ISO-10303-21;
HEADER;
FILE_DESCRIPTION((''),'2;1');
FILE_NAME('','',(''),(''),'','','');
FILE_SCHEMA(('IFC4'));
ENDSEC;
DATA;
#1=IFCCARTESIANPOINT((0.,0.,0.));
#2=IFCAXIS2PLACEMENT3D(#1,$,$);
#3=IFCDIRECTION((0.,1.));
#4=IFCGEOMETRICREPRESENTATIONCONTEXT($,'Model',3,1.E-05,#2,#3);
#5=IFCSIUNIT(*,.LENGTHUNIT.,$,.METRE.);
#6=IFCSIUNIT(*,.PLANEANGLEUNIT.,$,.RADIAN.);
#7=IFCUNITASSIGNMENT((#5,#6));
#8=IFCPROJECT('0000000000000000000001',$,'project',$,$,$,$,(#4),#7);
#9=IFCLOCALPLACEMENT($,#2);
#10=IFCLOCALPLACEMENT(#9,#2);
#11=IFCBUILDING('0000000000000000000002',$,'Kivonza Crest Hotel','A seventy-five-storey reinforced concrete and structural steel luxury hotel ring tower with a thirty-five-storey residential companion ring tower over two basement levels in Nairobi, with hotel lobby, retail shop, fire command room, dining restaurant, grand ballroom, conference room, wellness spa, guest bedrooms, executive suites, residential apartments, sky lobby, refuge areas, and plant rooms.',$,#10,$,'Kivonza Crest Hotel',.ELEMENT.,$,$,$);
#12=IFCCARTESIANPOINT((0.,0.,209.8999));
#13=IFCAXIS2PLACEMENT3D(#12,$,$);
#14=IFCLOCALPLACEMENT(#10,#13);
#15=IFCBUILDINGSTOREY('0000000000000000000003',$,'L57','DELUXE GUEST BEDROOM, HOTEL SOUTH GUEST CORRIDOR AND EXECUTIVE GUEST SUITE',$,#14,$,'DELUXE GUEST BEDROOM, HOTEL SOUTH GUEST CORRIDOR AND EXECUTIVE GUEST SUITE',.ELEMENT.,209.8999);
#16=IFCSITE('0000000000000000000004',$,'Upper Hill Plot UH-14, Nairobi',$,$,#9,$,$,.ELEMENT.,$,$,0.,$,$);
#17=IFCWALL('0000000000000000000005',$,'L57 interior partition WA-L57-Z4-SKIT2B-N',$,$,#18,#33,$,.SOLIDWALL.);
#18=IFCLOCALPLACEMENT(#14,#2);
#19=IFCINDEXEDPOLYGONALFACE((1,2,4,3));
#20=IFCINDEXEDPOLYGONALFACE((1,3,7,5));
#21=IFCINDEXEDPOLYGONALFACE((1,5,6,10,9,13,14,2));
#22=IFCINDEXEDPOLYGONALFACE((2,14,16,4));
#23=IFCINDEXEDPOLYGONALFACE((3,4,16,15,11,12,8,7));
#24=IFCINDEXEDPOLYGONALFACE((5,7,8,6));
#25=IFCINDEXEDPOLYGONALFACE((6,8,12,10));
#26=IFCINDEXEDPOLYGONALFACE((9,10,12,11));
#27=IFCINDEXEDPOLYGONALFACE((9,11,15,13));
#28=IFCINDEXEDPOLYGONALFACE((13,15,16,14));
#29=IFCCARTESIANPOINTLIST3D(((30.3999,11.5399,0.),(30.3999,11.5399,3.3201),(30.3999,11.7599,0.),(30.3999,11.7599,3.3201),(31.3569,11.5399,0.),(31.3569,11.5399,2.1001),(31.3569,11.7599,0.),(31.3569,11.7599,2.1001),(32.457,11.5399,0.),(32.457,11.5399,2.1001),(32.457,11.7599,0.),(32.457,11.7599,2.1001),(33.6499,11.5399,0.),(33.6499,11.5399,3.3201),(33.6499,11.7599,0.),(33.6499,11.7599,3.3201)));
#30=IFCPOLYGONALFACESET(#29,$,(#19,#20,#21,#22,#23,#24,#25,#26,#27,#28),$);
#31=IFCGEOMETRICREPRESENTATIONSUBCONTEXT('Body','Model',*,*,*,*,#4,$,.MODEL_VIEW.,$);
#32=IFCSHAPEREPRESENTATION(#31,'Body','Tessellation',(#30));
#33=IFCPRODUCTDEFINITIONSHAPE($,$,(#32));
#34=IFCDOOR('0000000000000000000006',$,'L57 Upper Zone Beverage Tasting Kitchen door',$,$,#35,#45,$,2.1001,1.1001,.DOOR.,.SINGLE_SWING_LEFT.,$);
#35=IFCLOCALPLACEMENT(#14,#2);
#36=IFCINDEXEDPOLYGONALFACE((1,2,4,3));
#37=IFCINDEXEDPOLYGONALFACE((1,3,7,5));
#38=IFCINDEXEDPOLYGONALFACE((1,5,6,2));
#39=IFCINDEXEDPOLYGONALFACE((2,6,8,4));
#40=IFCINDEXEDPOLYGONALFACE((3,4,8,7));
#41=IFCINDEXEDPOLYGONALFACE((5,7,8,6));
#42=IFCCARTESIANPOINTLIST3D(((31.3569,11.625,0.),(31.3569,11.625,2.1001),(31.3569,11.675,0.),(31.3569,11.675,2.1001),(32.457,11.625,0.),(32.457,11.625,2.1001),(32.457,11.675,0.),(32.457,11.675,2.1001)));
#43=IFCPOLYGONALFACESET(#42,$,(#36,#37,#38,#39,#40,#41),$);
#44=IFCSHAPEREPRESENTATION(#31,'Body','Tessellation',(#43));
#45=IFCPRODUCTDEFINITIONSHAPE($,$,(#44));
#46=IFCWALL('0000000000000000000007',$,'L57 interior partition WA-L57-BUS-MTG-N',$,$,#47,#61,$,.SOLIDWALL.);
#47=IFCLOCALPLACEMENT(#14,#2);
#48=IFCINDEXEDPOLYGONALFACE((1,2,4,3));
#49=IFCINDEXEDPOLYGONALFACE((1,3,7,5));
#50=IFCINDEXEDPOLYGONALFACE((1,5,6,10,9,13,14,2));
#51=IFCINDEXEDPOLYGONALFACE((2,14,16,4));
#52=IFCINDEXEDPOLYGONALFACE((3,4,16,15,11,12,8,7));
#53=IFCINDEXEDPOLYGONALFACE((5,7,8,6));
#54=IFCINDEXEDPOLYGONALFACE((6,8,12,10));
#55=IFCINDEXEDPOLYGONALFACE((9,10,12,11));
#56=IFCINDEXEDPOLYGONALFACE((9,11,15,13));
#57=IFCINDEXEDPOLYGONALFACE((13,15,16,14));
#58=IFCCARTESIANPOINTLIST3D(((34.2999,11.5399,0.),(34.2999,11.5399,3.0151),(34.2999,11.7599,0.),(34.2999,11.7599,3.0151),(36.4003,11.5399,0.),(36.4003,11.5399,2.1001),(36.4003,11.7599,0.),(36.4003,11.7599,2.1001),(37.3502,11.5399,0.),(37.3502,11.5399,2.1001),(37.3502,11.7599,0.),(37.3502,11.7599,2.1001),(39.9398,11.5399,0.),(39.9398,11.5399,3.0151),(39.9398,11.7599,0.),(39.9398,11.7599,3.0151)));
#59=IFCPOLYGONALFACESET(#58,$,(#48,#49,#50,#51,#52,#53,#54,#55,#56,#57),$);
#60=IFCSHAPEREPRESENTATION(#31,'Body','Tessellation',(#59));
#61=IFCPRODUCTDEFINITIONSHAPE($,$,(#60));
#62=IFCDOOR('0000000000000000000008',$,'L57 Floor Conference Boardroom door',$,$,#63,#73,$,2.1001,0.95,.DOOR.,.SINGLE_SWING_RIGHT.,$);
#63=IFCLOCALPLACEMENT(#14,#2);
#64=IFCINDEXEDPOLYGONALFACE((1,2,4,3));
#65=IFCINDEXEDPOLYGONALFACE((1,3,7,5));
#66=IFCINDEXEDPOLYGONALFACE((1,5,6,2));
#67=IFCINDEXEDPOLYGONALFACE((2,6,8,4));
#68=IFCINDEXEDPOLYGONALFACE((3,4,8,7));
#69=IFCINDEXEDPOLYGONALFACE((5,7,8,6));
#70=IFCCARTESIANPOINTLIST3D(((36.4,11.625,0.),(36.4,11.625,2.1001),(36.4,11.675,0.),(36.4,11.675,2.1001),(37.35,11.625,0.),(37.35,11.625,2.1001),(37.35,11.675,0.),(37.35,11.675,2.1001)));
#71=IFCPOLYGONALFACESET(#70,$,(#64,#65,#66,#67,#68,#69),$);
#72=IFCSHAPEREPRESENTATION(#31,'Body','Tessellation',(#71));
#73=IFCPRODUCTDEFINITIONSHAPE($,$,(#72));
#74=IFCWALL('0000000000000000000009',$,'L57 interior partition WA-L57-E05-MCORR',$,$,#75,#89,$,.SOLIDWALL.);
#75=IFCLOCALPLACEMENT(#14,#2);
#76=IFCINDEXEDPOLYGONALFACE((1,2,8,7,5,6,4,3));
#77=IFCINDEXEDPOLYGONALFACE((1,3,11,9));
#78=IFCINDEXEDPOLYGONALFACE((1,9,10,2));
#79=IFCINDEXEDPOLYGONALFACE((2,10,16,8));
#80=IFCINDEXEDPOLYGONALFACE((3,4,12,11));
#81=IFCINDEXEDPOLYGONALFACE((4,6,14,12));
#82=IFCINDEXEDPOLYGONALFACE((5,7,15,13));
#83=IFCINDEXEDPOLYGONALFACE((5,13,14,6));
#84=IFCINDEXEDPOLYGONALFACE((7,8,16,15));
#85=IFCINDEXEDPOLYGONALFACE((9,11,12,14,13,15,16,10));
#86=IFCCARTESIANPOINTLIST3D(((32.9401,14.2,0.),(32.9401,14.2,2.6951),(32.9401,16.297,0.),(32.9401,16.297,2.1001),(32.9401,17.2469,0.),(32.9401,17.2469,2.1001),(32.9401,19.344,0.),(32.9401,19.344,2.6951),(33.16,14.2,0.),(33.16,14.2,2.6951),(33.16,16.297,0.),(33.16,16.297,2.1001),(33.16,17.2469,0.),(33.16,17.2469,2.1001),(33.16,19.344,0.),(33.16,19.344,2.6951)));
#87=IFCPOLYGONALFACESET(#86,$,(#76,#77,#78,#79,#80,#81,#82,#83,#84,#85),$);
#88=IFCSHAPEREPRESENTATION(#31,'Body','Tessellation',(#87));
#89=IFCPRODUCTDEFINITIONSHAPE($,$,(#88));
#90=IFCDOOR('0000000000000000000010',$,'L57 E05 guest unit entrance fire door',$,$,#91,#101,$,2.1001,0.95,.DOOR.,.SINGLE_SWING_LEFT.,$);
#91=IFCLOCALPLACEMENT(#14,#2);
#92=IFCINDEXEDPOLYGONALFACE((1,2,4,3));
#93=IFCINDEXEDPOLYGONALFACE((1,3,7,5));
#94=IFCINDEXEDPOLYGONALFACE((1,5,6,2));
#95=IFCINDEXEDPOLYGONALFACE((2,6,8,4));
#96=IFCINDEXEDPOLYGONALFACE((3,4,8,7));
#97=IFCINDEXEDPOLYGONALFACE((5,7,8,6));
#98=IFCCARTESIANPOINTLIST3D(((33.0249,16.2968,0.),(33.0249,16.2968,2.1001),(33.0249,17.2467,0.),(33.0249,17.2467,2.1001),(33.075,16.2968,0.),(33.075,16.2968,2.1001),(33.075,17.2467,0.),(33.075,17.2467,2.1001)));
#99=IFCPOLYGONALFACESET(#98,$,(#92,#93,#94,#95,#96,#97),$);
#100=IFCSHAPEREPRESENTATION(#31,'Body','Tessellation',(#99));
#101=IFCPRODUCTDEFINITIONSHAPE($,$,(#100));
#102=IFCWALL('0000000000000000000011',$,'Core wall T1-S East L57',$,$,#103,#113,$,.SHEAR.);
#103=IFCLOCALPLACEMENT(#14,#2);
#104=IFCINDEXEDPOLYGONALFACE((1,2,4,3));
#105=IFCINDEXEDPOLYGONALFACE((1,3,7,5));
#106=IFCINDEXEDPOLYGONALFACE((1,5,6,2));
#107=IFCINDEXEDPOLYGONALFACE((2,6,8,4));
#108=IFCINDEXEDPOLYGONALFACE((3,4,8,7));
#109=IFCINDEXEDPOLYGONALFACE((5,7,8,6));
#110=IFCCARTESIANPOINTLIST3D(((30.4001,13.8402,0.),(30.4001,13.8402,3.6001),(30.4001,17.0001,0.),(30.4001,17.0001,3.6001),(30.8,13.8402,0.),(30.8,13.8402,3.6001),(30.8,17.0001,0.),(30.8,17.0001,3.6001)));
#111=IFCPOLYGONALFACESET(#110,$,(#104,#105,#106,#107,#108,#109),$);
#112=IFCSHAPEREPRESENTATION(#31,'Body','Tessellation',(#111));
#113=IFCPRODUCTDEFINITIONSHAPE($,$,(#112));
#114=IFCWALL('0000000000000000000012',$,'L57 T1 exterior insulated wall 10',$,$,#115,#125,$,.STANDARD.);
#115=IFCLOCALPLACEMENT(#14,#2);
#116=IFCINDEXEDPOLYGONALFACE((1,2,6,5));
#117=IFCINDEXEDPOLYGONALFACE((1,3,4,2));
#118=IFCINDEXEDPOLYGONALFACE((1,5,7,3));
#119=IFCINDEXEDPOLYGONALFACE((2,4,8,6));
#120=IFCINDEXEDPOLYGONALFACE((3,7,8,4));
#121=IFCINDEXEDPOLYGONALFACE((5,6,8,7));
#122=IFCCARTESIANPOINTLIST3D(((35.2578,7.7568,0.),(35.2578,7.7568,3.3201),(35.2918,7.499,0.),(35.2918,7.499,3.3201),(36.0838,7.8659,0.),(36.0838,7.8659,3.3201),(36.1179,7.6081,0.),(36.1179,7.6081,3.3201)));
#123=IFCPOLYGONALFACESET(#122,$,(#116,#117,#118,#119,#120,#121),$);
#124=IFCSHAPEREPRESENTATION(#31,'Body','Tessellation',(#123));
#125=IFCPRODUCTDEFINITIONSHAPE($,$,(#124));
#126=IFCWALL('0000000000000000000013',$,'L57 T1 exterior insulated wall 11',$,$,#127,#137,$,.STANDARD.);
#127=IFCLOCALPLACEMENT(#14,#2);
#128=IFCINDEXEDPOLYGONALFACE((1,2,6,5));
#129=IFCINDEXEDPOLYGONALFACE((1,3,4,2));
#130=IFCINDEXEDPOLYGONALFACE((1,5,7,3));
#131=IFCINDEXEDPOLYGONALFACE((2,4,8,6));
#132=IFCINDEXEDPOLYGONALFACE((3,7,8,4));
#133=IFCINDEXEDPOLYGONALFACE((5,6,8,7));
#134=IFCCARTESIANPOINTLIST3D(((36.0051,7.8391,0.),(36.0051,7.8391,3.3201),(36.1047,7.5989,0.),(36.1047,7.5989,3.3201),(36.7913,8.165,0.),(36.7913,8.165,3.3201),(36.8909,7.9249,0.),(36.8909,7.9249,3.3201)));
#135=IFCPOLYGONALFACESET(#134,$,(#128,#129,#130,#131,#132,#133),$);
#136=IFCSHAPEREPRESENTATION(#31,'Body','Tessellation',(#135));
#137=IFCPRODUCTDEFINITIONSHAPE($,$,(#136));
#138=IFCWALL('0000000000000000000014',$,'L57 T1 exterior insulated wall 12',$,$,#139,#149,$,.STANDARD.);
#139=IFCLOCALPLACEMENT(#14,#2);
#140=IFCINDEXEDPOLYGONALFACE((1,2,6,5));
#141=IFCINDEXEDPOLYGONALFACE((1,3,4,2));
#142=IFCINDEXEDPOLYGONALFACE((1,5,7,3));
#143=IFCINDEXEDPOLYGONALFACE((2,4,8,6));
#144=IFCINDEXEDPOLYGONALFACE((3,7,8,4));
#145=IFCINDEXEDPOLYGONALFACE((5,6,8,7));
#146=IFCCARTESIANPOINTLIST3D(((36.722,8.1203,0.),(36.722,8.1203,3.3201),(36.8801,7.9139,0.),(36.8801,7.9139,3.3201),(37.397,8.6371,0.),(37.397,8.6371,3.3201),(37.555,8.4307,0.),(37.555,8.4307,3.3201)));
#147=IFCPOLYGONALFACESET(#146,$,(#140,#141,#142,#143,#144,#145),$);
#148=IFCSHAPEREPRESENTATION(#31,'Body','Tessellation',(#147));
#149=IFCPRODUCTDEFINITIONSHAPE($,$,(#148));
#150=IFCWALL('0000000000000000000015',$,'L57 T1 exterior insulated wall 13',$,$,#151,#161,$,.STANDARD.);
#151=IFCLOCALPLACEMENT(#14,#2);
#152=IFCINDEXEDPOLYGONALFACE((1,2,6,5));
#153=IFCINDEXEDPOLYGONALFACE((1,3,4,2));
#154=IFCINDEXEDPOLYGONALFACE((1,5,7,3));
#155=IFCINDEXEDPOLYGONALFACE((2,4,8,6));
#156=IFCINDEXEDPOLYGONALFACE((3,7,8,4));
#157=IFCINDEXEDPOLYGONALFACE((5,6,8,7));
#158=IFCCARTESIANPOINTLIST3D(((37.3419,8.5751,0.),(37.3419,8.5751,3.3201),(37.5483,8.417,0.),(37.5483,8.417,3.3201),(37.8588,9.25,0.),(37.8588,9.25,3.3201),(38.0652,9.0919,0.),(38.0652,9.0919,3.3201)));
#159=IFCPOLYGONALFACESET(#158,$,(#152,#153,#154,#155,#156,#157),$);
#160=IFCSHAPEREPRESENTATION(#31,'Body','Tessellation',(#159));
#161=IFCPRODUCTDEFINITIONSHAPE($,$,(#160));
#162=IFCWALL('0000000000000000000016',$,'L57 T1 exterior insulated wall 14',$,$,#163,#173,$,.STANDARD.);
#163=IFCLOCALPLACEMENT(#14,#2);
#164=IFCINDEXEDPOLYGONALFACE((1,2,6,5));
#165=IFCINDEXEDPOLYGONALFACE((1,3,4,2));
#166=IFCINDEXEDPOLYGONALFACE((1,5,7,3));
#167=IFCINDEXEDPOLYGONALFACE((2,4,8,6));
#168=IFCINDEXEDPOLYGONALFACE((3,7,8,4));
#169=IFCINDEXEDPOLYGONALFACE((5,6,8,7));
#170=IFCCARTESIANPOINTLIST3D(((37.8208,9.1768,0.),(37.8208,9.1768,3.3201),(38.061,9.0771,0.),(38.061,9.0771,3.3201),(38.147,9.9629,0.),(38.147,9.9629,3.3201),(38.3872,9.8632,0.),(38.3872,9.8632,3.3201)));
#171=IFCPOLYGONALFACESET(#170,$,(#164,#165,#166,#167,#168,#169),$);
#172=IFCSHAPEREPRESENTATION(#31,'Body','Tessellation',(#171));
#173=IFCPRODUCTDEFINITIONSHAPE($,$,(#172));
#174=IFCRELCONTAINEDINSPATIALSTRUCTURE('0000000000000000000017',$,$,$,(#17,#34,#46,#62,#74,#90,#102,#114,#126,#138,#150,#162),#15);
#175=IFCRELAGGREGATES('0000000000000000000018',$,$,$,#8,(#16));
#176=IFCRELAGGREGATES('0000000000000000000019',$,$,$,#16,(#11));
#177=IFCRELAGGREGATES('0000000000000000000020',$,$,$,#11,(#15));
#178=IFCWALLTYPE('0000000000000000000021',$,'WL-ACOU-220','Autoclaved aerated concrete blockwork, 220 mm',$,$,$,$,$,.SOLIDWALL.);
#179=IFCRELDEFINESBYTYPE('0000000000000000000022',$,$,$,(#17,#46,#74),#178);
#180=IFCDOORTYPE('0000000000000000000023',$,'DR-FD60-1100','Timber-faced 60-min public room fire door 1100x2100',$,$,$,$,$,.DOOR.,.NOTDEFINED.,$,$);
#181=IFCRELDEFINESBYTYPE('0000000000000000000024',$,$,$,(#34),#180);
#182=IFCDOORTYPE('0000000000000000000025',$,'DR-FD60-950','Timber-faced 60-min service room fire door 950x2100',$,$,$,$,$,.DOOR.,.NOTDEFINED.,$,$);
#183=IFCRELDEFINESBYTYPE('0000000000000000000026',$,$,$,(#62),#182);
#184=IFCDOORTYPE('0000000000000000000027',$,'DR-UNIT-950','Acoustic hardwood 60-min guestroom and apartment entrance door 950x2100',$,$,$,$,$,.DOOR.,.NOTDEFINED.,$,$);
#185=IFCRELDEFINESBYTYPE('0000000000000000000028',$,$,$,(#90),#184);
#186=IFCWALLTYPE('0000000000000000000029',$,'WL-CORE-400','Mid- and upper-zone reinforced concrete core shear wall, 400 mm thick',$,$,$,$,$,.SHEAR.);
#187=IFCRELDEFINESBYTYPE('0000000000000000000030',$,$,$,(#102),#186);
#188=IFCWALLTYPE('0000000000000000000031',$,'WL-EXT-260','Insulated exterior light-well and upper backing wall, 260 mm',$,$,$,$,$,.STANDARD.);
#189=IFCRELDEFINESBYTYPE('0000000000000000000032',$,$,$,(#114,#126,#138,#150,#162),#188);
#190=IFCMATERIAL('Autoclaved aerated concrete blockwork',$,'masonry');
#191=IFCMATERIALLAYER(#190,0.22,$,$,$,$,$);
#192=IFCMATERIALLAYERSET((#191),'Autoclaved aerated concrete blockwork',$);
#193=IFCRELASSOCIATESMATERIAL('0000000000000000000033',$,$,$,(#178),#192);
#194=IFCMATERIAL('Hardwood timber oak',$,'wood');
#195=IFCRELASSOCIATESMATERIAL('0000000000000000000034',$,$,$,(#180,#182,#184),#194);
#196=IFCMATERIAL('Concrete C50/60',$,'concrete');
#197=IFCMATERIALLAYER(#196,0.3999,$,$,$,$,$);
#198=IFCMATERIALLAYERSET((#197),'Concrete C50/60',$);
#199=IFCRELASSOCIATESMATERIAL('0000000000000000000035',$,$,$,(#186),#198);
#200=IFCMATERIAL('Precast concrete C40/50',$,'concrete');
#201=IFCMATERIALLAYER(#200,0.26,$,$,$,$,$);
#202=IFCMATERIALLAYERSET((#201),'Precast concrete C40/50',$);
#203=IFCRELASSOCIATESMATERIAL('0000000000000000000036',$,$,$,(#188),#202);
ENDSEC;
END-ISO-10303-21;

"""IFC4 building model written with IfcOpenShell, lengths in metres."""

from ifc_helpers import new_model, si_unit, direction, frame, frame_2d, origin, place, context, subcontext, project, spatial, rectangle, extrude, material, layer, layer_set, type_object, element, fill, save


model = new_model("IFC4")

# Units and contexts
model_context = context("Model", 3, precision=1e-05, world=origin(), true_north=direction((0.0, 1.0)))
body_context = subcontext(model_context, "Body", "Model", "MODEL_VIEW")
ifc_project = project(units=[si_unit("LENGTHUNIT", "METRE"), si_unit("PLANEANGLEUNIT", "RADIAN")], contexts=[model_context])

# Site, building, storey
site_placement = place(None, origin())
site = spatial("IfcSite", under=ifc_project, at=site_placement, Name="Upper Hill Plot UH-14, Nairobi", CompositionType="ELEMENT", RefElevation=0.0)
building_placement = place(site_placement, origin())
building = spatial("IfcBuilding", under=site, at=building_placement, Name="Kivonza Crest Hotel", Description="A seventy-five-storey reinforced concrete and structural steel luxury hotel ring tower with a thirty-five-storey residential companion ring tower over two basement levels in Nairobi, with hotel lobby, retail shop, fire command room, dining restaurant, grand ballroom, conference room, wellness spa, guest bedrooms, executive suites, residential apartments, sky lobby, refuge areas, and plant rooms.", LongName="Kivonza Crest Hotel", CompositionType="ELEMENT")
storey_placement = place(building_placement, frame((0.0, 0.0, 209.8999)))
storey = spatial("IfcBuildingStorey", under=building, at=storey_placement, Name="L57", Description="DELUXE GUEST BEDROOM, HOTEL SOUTH GUEST CORRIDOR AND EXECUTIVE GUEST SUITE", LongName="DELUXE GUEST BEDROOM, HOTEL SOUTH GUEST CORRIDOR AND EXECUTIVE GUEST SUITE", CompositionType="ELEMENT", Elevation=209.8999)

# Shared definitions
ifc_material_1 = material(Name="Concrete C50/60", Category="concrete")

# Walls, openings, doors
ifc_material_2 = material(Name="Autoclaved aerated concrete blockwork", Category="masonry")
ifc_layer_1 = layer(ifc_material_2, 0.22)
ifc_layer_set_1 = layer_set([ifc_layer_1], Name="Autoclaved aerated concrete blockwork")
wall_type_1 = type_object("IfcWallType", Name="WL-ACOU-220", Description="Autoclaved aerated concrete blockwork, 220 mm", PredefinedType="SOLIDWALL", material=ifc_layer_set_1)
wall_1_placement = place(storey_placement, frame((30.3999, 11.6499, 0.0), z_axis=(0.0, 0.0, 1.0), x_axis=(1.0, 0.0, 0.0)))
wall_1 = element("IfcWall", 1, at=wall_1_placement, inside=storey, type_object=wall_type_1, Name="L57 interior partition WA-L57-Z4-SKIT2B-N", PredefinedType="SOLIDWALL", context=body_context, shape_type="SweptSolid", body=[
    extrude(rectangle(XDim=3.25, YDim=0.22, at=frame_2d((1.625, 0.0))), origin(), (0.0, 0.0, 1.0), 3.3201),
])
opening_1_placement = place(wall_1_placement, frame((0.957, 0.0, 0.0)))
opening_1 = element("IfcOpeningElement", 2, at=opening_1_placement, cuts=wall_1, PredefinedType="OPENING", context=body_context, shape_type="SweptSolid", body=[
    extrude(rectangle(XDim=1.1001, YDim=2.1001, at=frame_2d((0.55, 1.05))), frame((0.0, 0.1201, 0.0), z_axis=(0.0, -1.0, 0.0), x_axis=(1.0, 0.0, 0.0)), (0.0, 0.0, 1.0), 0.24),
])
ifc_material_3 = material(Name="Hardwood timber oak", Category="wood")
door_type_1 = type_object("IfcDoorType", Name="DR-FD60-1100", Description="Timber-faced 60-min public room fire door 1100x2100", OperationType="NOTDEFINED", PredefinedType="DOOR", material=ifc_material_3)
door_1_placement = place(opening_1_placement, frame((1.1001, 0.0, 0.0), z_axis=(0.0, 0.0, 1.0), x_axis=(-1.0, 0.0, 0.0)))
door_1 = element("IfcDoor", 3, at=door_1_placement, inside=storey, type_object=door_type_1, Name="L57 Upper Zone Beverage Tasting Kitchen door", OperationType="SINGLE_SWING_LEFT", OverallHeight=2.1001, OverallWidth=1.1001, PredefinedType="DOOR", context=body_context, shape_type="SweptSolid", body=[
    extrude(rectangle(XDim=1.1001, YDim=2.1001, at=frame_2d((0.55, 1.05))), frame((0.0, 0.0249, 0.0), z_axis=(0.0, -1.0, 0.0), x_axis=(1.0, 0.0, 0.0)), (0.0, 0.0, 1.0), 0.05),
])
fill(opening_1, door_1)
wall_2_placement = place(storey_placement, frame((34.3, 11.6499, 0.0), z_axis=(0.0, 0.0, 1.0), x_axis=(1.0, 0.0, 0.0)))
wall_2 = element("IfcWall", 4, at=wall_2_placement, inside=storey, type_object=wall_type_1, Name="L57 interior partition WA-L57-BUS-MTG-N", PredefinedType="SOLIDWALL", context=body_context, shape_type="SweptSolid", body=[
    extrude(rectangle(XDim=5.6399, YDim=0.22, at=frame_2d((2.8198, 0.0))), origin(), (0.0, 0.0, 1.0), 3.0151),
])
opening_2_placement = place(wall_2_placement, frame((2.1001, 0.0, 0.0)))
opening_2 = element("IfcOpeningElement", 5, at=opening_2_placement, cuts=wall_2, PredefinedType="OPENING", context=body_context, shape_type="SweptSolid", body=[
    extrude(rectangle(XDim=0.95, YDim=2.1001, at=frame_2d((0.4751, 1.05))), frame((0.0, 0.1201, 0.0), z_axis=(0.0, -1.0, 0.0), x_axis=(1.0, 0.0, 0.0)), (0.0, 0.0, 1.0), 0.24),
])
door_type_2 = type_object("IfcDoorType", Name="DR-FD60-950", Description="Timber-faced 60-min service room fire door 950x2100", OperationType="NOTDEFINED", PredefinedType="DOOR", material=ifc_material_3)
door_2_placement = place(opening_2_placement, frame((0.95, 0.0, 0.0), z_axis=(0.0, 0.0, 1.0), x_axis=(-1.0, 0.0, 0.0)))
door_2 = element("IfcDoor", 6, at=door_2_placement, inside=storey, type_object=door_type_2, Name="L57 Floor Conference Boardroom door", OperationType="SINGLE_SWING_RIGHT", OverallHeight=2.1001, OverallWidth=0.95, PredefinedType="DOOR", context=body_context, shape_type="SweptSolid", body=[
    extrude(rectangle(XDim=0.95, YDim=2.1001, at=frame_2d((0.4751, 1.05))), frame((0.0, 0.0249, 0.0), z_axis=(0.0, -1.0, 0.0), x_axis=(1.0, 0.0, 0.0)), (0.0, 0.0, 1.0), 0.05),
])
fill(opening_2, door_2)
wall_3_placement = place(storey_placement, frame((33.05, 14.2, 0.0), z_axis=(0.0, 0.0, 1.0), x_axis=(0.0, 1.0, 0.0)))
wall_3 = element("IfcWall", 7, at=wall_3_placement, inside=storey, type_object=wall_type_1, Name="L57 interior partition WA-L57-E05-MCORR", PredefinedType="SOLIDWALL", context=body_context, shape_type="SweptSolid", body=[
    extrude(rectangle(XDim=5.144, YDim=0.22, at=frame_2d((2.572, 0.0))), origin(), (0.0, 0.0, 1.0), 2.6951),
])
opening_3_placement = place(wall_3_placement, frame((2.0969, 0.0, 0.0)))
opening_3 = element("IfcOpeningElement", 8, at=opening_3_placement, cuts=wall_3, PredefinedType="OPENING", context=body_context, shape_type="SweptSolid", body=[
    extrude(rectangle(XDim=0.95, YDim=2.1001, at=frame_2d((0.4751, 1.05))), frame((0.0, 0.1201, 0.0), z_axis=(0.0, -1.0, 0.0), x_axis=(1.0, 0.0, 0.0)), (0.0, 0.0, 1.0), 0.24),
])
door_type_3 = type_object("IfcDoorType", Name="DR-UNIT-950", Description="Acoustic hardwood 60-min guestroom and apartment entrance door 950x2100", OperationType="NOTDEFINED", PredefinedType="DOOR", material=ifc_material_3)
door_3_placement = place(opening_3_placement, frame((0.95, 0.0, 0.0), z_axis=(0.0, 0.0, 1.0), x_axis=(-1.0, 0.0, 0.0)))
door_3 = element("IfcDoor", 9, at=door_3_placement, inside=storey, type_object=door_type_3, Name="L57 E05 guest unit entrance fire door", OperationType="SINGLE_SWING_LEFT", OverallHeight=2.1001, OverallWidth=0.95, PredefinedType="DOOR", context=body_context, shape_type="SweptSolid", body=[
    extrude(rectangle(XDim=0.95, YDim=2.1001, at=frame_2d((0.4751, 1.05))), frame((0.0, 0.0249, 0.0), z_axis=(0.0, -1.0, 0.0), x_axis=(1.0, 0.0, 0.0)), (0.0, 0.0, 1.0), 0.05),
])
fill(opening_3, door_3)

# Walls
ifc_layer_2 = layer(ifc_material_1, 0.3999)
ifc_layer_set_2 = layer_set([ifc_layer_2], Name="Concrete C50/60")
wall_type_2 = type_object("IfcWallType", Name="WL-CORE-400", Description="Mid- and upper-zone reinforced concrete core shear wall, 400 mm thick", PredefinedType="SHEAR", material=ifc_layer_set_2)
wall_4_placement = place(storey_placement, frame((30.6001, 13.8401, 0.0), z_axis=(0.0, 0.0, 1.0), x_axis=(0.0, 1.0, 0.0)))
element("IfcWall", 10, at=wall_4_placement, inside=storey, type_object=wall_type_2, Name="Core wall T1-S East L57", PredefinedType="SHEAR", context=body_context, shape_type="SweptSolid", body=[
    extrude(rectangle(XDim=3.1599, YDim=0.3999, at=frame_2d((1.5801, 0.0))), origin(), (0.0, 0.0, 1.0), 3.6001),
])
ifc_material_4 = material(Name="Precast concrete C40/50", Category="concrete")
ifc_layer_3 = layer(ifc_material_4, 0.26)
ifc_layer_set_3 = layer_set([ifc_layer_3], Name="Precast concrete C40/50")
wall_type_3 = type_object("IfcWallType", Name="WL-EXT-260", Description="Insulated exterior light-well and upper backing wall, 260 mm", PredefinedType="STANDARD", material=ifc_layer_set_3)
wall_5_placement = place(storey_placement, frame((35.2749, 7.6279, 0.0), z_axis=(0.0, 0.0, 1.0), x_axis=(0.991388, 0.130955, 0.0)))
element("IfcWall", 11, at=wall_5_placement, inside=storey, type_object=wall_type_3, Name="L57 T1 exterior insulated wall 10", PredefinedType="STANDARD", context=body_context, shape_type="SweptSolid", body=[
    extrude(rectangle(XDim=0.8333, YDim=0.26, at=frame_2d((0.4165, 0.0))), origin(), (0.0, 0.0, 1.0), 3.3201),
])
wall_6_placement = place(storey_placement, frame((36.0549, 7.719, 0.0), z_axis=(0.0, 0.0, 1.0), x_axis=(0.923754, 0.382985, 0.0)))
element("IfcWall", 12, at=wall_6_placement, inside=storey, type_object=wall_type_3, Name="L57 T1 exterior insulated wall 11", PredefinedType="STANDARD", context=body_context, shape_type="SweptSolid", body=[
    extrude(rectangle(XDim=0.8511, YDim=0.26, at=frame_2d((0.4255, 0.0))), origin(), (0.0, 0.0, 1.0), 3.3201),
])
for number, where, z_axis, x_axis, name in (
    (13, (36.801, 8.0171, 0.0), (0.0, 0.0, 1.0), (0.793999, 0.607919, 0.0), "L57 T1 exterior insulated wall 12"),
    (14, (37.4451, 8.4961, 0.0), (0.0, 0.0, 1.0), (0.608058, 0.793893, 0.0), "L57 T1 exterior insulated wall 13"),
):
    element("IfcWall", number, at=place(storey_placement, frame(where, z_axis=z_axis, x_axis=x_axis)), inside=storey, type_object=wall_type_3, Name=name, PredefinedType="STANDARD", context=body_context, shape_type="SweptSolid", body=[
        extrude(rectangle(XDim=0.8501, YDim=0.26, at=frame_2d((0.425, 0.0))), origin(), (0.0, 0.0, 1.0), 3.3201),
    ])
wall_7_placement = place(storey_placement, frame((37.9409, 9.127, 0.0), z_axis=(0.0, 0.0, 1.0), x_axis=(0.38323, 0.923653, 0.0)))
element("IfcWall", 15, at=wall_7_placement, inside=storey, type_object=wall_type_3, Name="L57 T1 exterior insulated wall 14", PredefinedType="STANDARD", context=body_context, shape_type="SweptSolid", body=[
    extrude(rectangle(XDim=0.8511, YDim=0.26, at=frame_2d((0.4255, 0.0))), origin(), (0.0, 0.0, 1.0), 3.3201),
])

save(model, "model.ifc")
